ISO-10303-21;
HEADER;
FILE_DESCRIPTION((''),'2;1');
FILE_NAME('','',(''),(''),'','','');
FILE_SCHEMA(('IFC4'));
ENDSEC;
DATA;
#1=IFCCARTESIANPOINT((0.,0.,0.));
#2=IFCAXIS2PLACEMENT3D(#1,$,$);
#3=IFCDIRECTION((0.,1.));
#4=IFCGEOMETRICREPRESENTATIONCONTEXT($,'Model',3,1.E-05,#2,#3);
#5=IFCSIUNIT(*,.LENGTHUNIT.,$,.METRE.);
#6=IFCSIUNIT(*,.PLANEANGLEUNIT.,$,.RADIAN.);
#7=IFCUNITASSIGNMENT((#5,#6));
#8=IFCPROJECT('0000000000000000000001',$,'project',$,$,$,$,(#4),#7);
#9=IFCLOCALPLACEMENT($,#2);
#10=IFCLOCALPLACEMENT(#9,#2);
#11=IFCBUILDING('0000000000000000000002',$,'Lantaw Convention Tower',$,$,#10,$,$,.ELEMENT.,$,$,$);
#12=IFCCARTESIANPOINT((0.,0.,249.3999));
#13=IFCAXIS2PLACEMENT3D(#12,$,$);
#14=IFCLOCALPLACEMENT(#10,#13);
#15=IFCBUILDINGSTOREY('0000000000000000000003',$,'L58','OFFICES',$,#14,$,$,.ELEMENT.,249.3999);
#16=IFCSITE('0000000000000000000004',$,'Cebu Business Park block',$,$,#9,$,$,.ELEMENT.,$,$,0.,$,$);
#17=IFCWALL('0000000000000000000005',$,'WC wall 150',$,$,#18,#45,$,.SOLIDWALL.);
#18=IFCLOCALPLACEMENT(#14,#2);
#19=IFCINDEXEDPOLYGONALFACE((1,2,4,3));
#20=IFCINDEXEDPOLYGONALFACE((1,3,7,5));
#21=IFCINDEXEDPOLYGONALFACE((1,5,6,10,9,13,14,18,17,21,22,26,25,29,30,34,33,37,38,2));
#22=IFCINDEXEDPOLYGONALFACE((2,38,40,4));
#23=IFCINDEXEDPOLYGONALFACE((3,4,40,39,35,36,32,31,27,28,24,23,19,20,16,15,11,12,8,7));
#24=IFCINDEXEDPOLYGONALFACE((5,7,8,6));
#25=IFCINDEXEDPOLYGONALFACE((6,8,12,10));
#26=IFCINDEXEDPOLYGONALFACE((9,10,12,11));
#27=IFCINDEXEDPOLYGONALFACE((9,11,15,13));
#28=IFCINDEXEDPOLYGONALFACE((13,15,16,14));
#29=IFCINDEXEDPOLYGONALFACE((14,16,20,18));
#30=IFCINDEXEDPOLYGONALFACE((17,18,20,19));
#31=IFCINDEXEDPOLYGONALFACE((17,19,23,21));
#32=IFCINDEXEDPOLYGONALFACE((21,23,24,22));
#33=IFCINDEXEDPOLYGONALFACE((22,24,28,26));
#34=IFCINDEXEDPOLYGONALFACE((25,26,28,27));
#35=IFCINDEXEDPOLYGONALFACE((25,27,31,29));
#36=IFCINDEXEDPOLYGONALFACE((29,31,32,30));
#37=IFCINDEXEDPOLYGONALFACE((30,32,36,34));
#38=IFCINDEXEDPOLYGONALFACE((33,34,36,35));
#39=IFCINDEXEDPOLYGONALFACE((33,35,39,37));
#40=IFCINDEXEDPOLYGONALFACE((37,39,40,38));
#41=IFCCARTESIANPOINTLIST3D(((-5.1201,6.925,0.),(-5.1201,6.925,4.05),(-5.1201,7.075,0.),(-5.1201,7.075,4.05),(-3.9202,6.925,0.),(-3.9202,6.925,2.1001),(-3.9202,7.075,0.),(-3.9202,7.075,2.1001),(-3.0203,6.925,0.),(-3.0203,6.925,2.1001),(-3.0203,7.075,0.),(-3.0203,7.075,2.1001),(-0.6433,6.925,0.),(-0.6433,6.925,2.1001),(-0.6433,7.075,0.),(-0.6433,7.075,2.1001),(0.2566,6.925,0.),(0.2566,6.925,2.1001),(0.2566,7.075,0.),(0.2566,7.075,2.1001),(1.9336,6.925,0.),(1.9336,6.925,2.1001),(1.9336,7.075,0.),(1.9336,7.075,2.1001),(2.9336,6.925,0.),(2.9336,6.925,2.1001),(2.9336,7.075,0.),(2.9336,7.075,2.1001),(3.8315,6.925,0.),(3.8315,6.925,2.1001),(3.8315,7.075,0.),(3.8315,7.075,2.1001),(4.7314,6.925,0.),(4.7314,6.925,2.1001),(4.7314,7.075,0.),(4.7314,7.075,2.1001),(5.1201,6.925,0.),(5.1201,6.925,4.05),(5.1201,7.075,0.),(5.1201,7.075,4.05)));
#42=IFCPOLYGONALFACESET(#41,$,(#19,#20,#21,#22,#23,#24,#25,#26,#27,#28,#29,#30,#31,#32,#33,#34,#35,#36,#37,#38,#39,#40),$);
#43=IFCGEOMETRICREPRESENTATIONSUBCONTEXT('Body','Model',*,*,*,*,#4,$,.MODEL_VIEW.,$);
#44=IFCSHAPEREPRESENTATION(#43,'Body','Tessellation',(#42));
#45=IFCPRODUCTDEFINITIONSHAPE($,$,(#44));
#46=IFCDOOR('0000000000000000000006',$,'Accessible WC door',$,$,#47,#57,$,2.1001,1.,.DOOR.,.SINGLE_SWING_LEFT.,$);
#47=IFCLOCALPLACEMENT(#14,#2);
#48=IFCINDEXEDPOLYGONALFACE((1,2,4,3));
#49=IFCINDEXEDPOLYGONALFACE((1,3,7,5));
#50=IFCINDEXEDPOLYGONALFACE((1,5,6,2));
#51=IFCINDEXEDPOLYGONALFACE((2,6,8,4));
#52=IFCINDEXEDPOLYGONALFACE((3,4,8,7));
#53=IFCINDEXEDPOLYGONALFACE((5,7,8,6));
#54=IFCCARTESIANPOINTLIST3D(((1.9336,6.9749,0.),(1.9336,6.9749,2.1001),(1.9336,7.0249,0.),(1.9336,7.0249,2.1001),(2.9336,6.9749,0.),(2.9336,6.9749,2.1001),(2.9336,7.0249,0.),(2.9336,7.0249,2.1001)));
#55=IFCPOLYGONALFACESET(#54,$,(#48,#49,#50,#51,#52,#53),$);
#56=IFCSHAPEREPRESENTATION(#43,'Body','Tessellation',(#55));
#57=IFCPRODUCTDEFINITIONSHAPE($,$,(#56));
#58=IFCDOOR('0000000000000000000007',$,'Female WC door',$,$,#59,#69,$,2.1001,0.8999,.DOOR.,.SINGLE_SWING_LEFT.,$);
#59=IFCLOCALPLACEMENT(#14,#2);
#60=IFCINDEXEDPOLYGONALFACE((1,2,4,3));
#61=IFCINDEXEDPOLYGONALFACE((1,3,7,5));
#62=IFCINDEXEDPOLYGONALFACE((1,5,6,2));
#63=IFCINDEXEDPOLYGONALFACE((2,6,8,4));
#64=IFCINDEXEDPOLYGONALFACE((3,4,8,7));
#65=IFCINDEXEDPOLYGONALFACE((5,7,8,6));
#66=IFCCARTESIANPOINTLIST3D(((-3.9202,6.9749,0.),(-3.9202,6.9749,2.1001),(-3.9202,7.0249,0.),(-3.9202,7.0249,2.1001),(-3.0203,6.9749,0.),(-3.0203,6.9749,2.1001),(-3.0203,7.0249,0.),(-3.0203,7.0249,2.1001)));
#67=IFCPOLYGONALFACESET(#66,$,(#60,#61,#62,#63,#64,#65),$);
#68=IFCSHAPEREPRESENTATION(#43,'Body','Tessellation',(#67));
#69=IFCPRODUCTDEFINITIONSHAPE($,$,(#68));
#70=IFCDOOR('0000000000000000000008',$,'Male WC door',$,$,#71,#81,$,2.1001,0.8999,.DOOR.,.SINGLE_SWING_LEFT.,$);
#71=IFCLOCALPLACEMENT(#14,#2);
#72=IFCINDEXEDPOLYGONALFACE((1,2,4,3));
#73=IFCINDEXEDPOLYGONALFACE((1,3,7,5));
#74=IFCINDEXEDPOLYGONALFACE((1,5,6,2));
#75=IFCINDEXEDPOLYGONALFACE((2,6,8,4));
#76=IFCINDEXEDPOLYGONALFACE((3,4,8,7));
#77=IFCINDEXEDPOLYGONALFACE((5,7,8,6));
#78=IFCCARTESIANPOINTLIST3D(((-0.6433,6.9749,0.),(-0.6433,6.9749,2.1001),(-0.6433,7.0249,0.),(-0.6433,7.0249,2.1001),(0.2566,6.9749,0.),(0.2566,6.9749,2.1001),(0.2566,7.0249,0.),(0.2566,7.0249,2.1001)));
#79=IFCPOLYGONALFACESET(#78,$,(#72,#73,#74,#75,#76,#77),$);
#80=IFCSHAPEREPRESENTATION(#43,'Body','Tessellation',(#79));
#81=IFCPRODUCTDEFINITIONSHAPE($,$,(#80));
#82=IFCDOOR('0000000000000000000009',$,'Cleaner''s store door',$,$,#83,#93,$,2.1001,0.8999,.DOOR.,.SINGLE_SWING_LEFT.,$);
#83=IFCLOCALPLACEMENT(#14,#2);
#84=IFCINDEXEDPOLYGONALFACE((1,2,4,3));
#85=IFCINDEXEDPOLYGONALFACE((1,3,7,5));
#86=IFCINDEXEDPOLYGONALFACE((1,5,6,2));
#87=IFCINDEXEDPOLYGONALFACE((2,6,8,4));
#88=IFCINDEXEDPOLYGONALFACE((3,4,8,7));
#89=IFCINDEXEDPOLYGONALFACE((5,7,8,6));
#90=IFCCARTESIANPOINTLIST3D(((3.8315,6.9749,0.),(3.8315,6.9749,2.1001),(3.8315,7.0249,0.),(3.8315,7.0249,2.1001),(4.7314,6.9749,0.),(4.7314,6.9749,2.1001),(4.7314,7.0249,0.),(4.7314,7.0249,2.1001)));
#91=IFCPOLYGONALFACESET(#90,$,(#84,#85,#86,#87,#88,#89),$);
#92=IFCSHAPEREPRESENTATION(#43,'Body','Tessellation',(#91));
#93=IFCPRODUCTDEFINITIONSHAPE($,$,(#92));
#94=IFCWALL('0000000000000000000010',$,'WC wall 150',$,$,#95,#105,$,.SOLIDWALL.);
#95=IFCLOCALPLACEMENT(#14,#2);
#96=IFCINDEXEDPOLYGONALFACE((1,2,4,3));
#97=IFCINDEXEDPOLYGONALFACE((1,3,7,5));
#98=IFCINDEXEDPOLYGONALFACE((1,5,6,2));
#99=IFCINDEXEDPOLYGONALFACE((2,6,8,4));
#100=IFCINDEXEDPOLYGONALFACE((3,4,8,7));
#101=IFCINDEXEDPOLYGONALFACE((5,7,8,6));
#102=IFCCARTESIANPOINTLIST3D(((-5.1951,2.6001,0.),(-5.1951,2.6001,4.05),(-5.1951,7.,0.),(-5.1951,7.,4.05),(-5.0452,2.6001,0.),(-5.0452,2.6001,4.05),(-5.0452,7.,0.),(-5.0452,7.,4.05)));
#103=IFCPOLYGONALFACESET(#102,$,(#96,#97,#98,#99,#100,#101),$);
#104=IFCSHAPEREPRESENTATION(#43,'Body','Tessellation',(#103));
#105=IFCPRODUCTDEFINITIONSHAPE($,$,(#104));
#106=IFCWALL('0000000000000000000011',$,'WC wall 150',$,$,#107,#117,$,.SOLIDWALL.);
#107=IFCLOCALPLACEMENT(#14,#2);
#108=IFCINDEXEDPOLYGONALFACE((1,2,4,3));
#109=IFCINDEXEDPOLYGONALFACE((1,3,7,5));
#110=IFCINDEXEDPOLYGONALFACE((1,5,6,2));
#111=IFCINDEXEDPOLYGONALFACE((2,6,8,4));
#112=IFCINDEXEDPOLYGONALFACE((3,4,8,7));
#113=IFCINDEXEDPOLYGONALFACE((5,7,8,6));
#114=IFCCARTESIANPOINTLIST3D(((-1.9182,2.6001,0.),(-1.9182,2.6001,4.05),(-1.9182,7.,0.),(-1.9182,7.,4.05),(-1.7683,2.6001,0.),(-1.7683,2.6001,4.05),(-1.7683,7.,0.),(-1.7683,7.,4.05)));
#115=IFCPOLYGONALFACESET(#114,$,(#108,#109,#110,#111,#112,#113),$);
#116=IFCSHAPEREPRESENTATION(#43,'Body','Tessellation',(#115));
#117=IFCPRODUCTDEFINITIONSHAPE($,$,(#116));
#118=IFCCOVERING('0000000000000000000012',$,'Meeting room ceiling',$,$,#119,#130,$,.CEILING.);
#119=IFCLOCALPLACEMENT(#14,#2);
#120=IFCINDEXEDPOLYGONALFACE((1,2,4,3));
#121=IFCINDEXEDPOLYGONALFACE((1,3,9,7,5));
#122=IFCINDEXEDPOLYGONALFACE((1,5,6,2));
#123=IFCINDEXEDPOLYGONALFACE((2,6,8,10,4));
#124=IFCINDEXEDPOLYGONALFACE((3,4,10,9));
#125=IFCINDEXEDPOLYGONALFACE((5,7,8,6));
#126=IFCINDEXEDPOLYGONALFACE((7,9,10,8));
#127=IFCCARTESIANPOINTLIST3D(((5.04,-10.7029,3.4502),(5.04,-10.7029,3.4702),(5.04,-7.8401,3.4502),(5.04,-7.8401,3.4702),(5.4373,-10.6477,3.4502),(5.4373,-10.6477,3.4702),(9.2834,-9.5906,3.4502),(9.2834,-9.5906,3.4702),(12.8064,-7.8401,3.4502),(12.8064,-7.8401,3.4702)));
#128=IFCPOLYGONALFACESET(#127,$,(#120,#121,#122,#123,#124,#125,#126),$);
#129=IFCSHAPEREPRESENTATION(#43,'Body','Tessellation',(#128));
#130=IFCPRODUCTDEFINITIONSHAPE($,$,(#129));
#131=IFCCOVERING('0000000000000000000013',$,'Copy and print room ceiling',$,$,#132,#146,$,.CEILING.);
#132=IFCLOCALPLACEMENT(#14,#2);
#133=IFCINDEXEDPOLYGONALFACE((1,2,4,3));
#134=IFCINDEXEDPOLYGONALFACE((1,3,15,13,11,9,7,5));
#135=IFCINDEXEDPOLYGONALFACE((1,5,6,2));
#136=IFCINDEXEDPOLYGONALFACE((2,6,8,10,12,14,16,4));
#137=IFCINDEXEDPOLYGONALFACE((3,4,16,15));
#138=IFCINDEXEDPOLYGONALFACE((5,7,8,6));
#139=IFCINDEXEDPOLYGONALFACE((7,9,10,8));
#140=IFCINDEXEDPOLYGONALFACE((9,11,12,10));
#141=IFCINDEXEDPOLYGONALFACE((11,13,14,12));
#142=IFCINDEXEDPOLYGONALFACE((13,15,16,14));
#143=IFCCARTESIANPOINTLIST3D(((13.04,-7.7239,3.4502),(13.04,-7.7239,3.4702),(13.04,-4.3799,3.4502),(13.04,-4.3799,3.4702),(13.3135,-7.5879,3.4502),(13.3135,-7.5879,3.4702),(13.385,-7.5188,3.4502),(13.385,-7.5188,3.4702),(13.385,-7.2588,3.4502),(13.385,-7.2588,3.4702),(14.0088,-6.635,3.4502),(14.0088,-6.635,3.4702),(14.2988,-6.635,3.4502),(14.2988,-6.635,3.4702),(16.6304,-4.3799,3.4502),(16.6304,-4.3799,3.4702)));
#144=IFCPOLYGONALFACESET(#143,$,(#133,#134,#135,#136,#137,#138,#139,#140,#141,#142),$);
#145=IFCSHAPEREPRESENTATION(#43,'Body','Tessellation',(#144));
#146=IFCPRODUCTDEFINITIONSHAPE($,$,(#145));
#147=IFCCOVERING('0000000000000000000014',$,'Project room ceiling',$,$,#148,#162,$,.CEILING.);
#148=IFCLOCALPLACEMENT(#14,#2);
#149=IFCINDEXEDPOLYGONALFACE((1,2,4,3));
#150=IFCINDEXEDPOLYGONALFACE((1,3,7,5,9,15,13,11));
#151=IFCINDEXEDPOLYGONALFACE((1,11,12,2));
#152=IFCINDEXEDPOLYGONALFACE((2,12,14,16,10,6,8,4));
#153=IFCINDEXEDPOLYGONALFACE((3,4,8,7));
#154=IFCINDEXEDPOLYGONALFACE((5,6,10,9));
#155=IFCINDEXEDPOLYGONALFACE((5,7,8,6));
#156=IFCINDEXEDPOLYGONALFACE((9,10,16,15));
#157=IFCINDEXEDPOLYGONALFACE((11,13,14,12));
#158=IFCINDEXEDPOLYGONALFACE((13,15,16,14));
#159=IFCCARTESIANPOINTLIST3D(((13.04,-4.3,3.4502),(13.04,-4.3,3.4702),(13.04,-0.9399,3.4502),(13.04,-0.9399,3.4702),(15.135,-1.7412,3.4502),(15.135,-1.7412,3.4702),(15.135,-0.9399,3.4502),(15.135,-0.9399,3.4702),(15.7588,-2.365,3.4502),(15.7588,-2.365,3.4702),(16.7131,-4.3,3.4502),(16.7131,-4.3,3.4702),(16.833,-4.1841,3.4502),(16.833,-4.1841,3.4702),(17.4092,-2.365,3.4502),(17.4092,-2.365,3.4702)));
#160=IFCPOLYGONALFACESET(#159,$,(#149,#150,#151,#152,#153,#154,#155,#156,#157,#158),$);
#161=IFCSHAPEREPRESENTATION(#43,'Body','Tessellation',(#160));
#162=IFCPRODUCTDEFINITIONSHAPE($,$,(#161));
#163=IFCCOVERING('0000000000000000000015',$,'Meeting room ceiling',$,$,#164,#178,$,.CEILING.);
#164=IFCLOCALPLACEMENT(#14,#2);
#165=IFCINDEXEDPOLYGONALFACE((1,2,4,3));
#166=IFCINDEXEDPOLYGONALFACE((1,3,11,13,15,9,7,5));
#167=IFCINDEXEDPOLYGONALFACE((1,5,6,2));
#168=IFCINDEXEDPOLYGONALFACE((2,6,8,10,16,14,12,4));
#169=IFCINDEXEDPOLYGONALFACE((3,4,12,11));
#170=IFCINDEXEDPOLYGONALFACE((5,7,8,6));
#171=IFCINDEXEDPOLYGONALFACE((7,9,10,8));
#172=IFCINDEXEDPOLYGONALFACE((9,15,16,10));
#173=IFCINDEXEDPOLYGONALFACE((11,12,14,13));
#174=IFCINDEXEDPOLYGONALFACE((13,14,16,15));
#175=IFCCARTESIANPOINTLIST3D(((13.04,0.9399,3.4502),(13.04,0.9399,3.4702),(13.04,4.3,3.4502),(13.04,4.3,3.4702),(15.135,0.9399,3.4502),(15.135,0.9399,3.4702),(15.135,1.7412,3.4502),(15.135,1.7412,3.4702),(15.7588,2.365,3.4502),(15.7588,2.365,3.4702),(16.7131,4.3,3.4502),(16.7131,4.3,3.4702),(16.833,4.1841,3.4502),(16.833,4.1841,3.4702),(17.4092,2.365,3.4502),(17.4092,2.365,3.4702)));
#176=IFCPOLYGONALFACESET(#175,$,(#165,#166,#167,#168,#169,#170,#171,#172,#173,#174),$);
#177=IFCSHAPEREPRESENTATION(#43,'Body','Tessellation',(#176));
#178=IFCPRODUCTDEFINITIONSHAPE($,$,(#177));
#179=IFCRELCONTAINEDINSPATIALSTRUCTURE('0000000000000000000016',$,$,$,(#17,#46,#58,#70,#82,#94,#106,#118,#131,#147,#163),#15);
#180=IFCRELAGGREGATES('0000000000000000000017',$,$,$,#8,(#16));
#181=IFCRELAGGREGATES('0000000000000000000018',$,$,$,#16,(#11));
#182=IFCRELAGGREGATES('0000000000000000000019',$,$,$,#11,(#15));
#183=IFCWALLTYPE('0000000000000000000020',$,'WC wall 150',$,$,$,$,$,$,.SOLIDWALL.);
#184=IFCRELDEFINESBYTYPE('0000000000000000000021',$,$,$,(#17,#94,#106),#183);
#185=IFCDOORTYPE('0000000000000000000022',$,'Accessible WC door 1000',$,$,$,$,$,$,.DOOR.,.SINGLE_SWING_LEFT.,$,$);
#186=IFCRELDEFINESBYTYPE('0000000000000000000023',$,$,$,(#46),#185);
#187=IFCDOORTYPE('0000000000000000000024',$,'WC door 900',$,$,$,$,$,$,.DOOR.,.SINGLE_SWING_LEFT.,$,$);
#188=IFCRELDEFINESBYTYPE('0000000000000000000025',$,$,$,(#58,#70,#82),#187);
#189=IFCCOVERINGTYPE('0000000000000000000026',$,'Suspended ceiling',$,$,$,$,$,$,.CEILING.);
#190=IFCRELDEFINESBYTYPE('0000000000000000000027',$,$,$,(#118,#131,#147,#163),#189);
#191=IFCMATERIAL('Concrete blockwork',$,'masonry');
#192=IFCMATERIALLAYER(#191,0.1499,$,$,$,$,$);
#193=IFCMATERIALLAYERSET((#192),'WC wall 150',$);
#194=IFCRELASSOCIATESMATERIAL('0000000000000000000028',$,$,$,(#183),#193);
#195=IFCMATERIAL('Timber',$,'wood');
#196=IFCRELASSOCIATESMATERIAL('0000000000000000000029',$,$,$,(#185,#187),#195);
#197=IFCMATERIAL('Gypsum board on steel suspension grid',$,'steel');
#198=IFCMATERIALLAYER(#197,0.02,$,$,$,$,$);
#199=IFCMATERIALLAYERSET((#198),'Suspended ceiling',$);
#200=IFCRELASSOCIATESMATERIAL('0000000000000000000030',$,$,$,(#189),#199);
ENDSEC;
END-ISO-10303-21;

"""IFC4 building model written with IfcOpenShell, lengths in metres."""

from ifc_helpers import new_model, si_unit, direction, frame, frame_2d, origin, place, context, subcontext, project, spatial, polyline, rectangle, outline, extrude, material, layer, layer_set, type_object, element, fill, save


model = new_model("IFC4")

# Units and contexts
model_context = context("Model", 3, precision=1e-05, world=origin(), true_north=direction((0.0, 1.0)))
body_context = subcontext(model_context, "Body", "Model", "MODEL_VIEW")
ifc_project = project(units=[si_unit("LENGTHUNIT", "METRE"), si_unit("PLANEANGLEUNIT", "RADIAN")], contexts=[model_context])

# Site, building, storey
site_placement = place(None, origin())
site = spatial("IfcSite", under=ifc_project, at=site_placement, Name="Cebu Business Park block", CompositionType="ELEMENT", RefElevation=0.0)
building_placement = place(site_placement, origin())
building = spatial("IfcBuilding", under=site, at=building_placement, Name="Lantaw Convention Tower", CompositionType="ELEMENT")
storey_placement = place(building_placement, frame((0.0, 0.0, 249.3999)))
storey = spatial("IfcBuildingStorey", under=building, at=storey_placement, Name="L58", Description="OFFICES", CompositionType="ELEMENT", Elevation=249.3999)

# Shared definitions
ifc_material_1 = material(Name="Timber", Category="wood")

# Wall, openings, doors
ifc_material_2 = material(Name="Concrete blockwork", Category="masonry")
ifc_layer_1 = layer(ifc_material_2, 0.1499)
ifc_layer_set_1 = layer_set([ifc_layer_1], Name="WC wall 150")
wall_type_1 = type_object("IfcWallType", Name="WC wall 150", PredefinedType="SOLIDWALL", material=ifc_layer_set_1)
wall_1_placement = place(storey_placement, frame((-5.1201, 7.0, 0.0), z_axis=(0.0, 0.0, 1.0), x_axis=(1.0, 0.0, 0.0)))
wall_1 = element("IfcWall", 1, at=wall_1_placement, inside=storey, type_object=wall_type_1, Name="WC wall 150", PredefinedType="SOLIDWALL", context=body_context, shape_type="SweptSolid", body=[
    extrude(rectangle(XDim=10.2402, YDim=0.1499, at=frame_2d((5.1201, 0.0))), origin(), (0.0, 0.0, 1.0), 4.05),
])
opening_1_placement = place(wall_1_placement, frame((1.2, 0.0, 0.0)))
opening_1 = element("IfcOpeningElement", 2, at=opening_1_placement, cuts=wall_1, PredefinedType="OPENING", context=body_context, shape_type="SweptSolid", body=[
    extrude(rectangle(XDim=0.8999, YDim=2.1001, at=frame_2d((0.45, 1.05))), frame((0.0, 0.085, 0.0), z_axis=(0.0, -1.0, 0.0), x_axis=(1.0, 0.0, 0.0)), (0.0, 0.0, 1.0), 0.1699),
])
opening_2_placement = place(wall_1_placement, frame((4.4768, 0.0, 0.0)))
opening_2 = element("IfcOpeningElement", 3, at=opening_2_placement, cuts=wall_1, PredefinedType="OPENING", context=body_context, shape_type="SweptSolid", body=[
    extrude(rectangle(XDim=0.8999, YDim=2.1001, at=frame_2d((0.45, 1.05))), frame((0.0, 0.085, 0.0), z_axis=(0.0, -1.0, 0.0), x_axis=(1.0, 0.0, 0.0)), (0.0, 0.0, 1.0), 0.1699),
])
opening_3_placement = place(wall_1_placement, frame((7.0537, 0.0, 0.0)))
opening_3 = element("IfcOpeningElement", 4, at=opening_3_placement, cuts=wall_1, PredefinedType="OPENING", context=body_context, shape_type="SweptSolid", body=[
    extrude(rectangle(XDim=1.0, YDim=2.1001, at=frame_2d((0.5, 1.05))), frame((0.0, 0.085, 0.0), z_axis=(0.0, -1.0, 0.0), x_axis=(1.0, 0.0, 0.0)), (0.0, 0.0, 1.0), 0.1699),
])
opening_4_placement = place(wall_1_placement, frame((8.9517, 0.0, 0.0)))
opening_4 = element("IfcOpeningElement", 5, at=opening_4_placement, cuts=wall_1, PredefinedType="OPENING", context=body_context, shape_type="SweptSolid", body=[
    extrude(rectangle(XDim=0.8999, YDim=2.1001, at=frame_2d((0.45, 1.05))), frame((0.0, 0.085, 0.0), z_axis=(0.0, -1.0, 0.0), x_axis=(1.0, 0.0, 0.0)), (0.0, 0.0, 1.0), 0.1699),
])
door_type_1 = type_object("IfcDoorType", Name="Accessible WC door 1000", OperationType="SINGLE_SWING_LEFT", PredefinedType="DOOR", material=ifc_material_1)
door_1_placement = place(opening_3_placement, origin())
door_1 = element("IfcDoor", 6, at=door_1_placement, inside=storey, type_object=door_type_1, Name="Accessible WC door", OperationType="SINGLE_SWING_LEFT", OverallHeight=2.1001, OverallWidth=1.0, PredefinedType="DOOR", context=body_context, shape_type="SweptSolid", body=[
    extrude(rectangle(XDim=1.0, YDim=2.1001, at=frame_2d((0.5, 1.05))), frame((0.0, 0.0249, 0.0), z_axis=(0.0, -1.0, 0.0), x_axis=(1.0, 0.0, 0.0)), (0.0, 0.0, 1.0), 0.05),
])
fill(opening_3, door_1)
door_type_2 = type_object("IfcDoorType", Name="WC door 900", OperationType="SINGLE_SWING_LEFT", PredefinedType="DOOR", material=ifc_material_1)
door_2_placement = place(opening_1_placement, origin())
door_2 = element("IfcDoor", 7, at=door_2_placement, inside=storey, type_object=door_type_2, Name="Female WC door", OperationType="SINGLE_SWING_LEFT", OverallHeight=2.1001, OverallWidth=0.8999, PredefinedType="DOOR", context=body_context, shape_type="SweptSolid", body=[
    extrude(rectangle(XDim=0.8999, YDim=2.1001, at=frame_2d((0.45, 1.05))), frame((0.0, 0.0249, 0.0), z_axis=(0.0, -1.0, 0.0), x_axis=(1.0, 0.0, 0.0)), (0.0, 0.0, 1.0), 0.05),
])
fill(opening_1, door_2)
door_3_placement = place(opening_2_placement, origin())
door_3 = element("IfcDoor", 8, at=door_3_placement, inside=storey, type_object=door_type_2, Name="Male WC door", OperationType="SINGLE_SWING_LEFT", OverallHeight=2.1001, OverallWidth=0.8999, PredefinedType="DOOR", context=body_context, shape_type="SweptSolid", body=[
    extrude(rectangle(XDim=0.8999, YDim=2.1001, at=frame_2d((0.45, 1.05))), frame((0.0, 0.0249, 0.0), z_axis=(0.0, -1.0, 0.0), x_axis=(1.0, 0.0, 0.0)), (0.0, 0.0, 1.0), 0.05),
])
fill(opening_2, door_3)
door_4_placement = place(opening_4_placement, origin())
door_4 = element("IfcDoor", 9, at=door_4_placement, inside=storey, type_object=door_type_2, Name="Cleaner's store door", OperationType="SINGLE_SWING_LEFT", OverallHeight=2.1001, OverallWidth=0.8999, PredefinedType="DOOR", context=body_context, shape_type="SweptSolid", body=[
    extrude(rectangle(XDim=0.8999, YDim=2.1001, at=frame_2d((0.45, 1.05))), frame((0.0, 0.0249, 0.0), z_axis=(0.0, -1.0, 0.0), x_axis=(1.0, 0.0, 0.0)), (0.0, 0.0, 1.0), 0.05),
])
fill(opening_4, door_4)

# Walls
for number, where, z_axis, x_axis, name in (
    (10, (-5.1201, 2.6001, 0.0), (0.0, 0.0, 1.0), (0.0, 1.0, 0.0), "WC wall 150"),
    (11, (-1.8433, 2.6001, 0.0), (0.0, 0.0, 1.0), (0.0, 1.0, 0.0), "WC wall 150"),
):
    element("IfcWall", number, at=place(storey_placement, frame(where, z_axis=z_axis, x_axis=x_axis)), inside=storey, type_object=wall_type_1, Name=name, PredefinedType="SOLIDWALL", context=body_context, shape_type="SweptSolid", body=[
        extrude(rectangle(XDim=4.3999, YDim=0.1499, at=frame_2d((2.2, 0.0))), origin(), (0.0, 0.0, 1.0), 4.05),
    ])

# Coverings
ifc_material_3 = material(Name="Gypsum board on steel suspension grid", Category="steel")
ifc_layer_2 = layer(ifc_material_3, 0.02)
ifc_layer_set_2 = layer_set([ifc_layer_2], Name="Suspended ceiling")
covering_type = type_object("IfcCoveringType", Name="Suspended ceiling", PredefinedType="CEILING", material=ifc_layer_set_2)
covering_1_placement = place(storey_placement, frame((0.0, 0.0, 3.4502)))
element("IfcCovering", 12, at=covering_1_placement, inside=storey, type_object=covering_type, Name="Meeting room ceiling", PredefinedType="CEILING", context=body_context, shape_type="SweptSolid", body=[
    extrude(outline(polyline([(5.04, -7.8401), (5.04, -10.7029), (5.4373, -10.6477), (9.2834, -9.5906), (12.8064, -7.8401), (5.04, -7.8401)])), origin(), (0.0, 0.0, 1.0), 0.02),
])
covering_2_placement = place(storey_placement, frame((0.0, 0.0, 3.4502)))
element("IfcCovering", 13, at=covering_2_placement, inside=storey, type_object=covering_type, Name="Copy and print room ceiling", PredefinedType="CEILING", context=body_context, shape_type="SweptSolid", body=[
    extrude(outline(polyline([(13.04, -7.7239), (13.3135, -7.5879), (13.385, -7.5188), (13.385, -7.2588), (14.0088, -6.635), (14.2988, -6.635), (16.6304, -4.3799), (13.04, -4.3799), (13.04, -7.7239)])), origin(), (0.0, 0.0, 1.0), 0.02),
])
covering_3_placement = place(storey_placement, frame((0.0, 0.0, 3.4502)))
element("IfcCovering", 14, at=covering_3_placement, inside=storey, type_object=covering_type, Name="Project room ceiling", PredefinedType="CEILING", context=body_context, shape_type="SweptSolid", body=[
    extrude(outline(polyline([(16.833, -4.1841), (17.4092, -2.365), (15.7588, -2.365), (15.135, -1.7412), (15.135, -0.9399), (13.04, -0.9399), (13.04, -4.3), (16.7131, -4.3), (16.833, -4.1841)])), origin(), (0.0, 0.0, 1.0), 0.02),
])
covering_4_placement = place(storey_placement, frame((0.0, 0.0, 3.4502)))
element("IfcCovering", 15, at=covering_4_placement, inside=storey, type_object=covering_type, Name="Meeting room ceiling", PredefinedType="CEILING", context=body_context, shape_type="SweptSolid", body=[
    extrude(outline(polyline([(17.4092, 2.365), (16.833, 4.1841), (16.7131, 4.3), (13.04, 4.3), (13.04, 0.9399), (15.135, 0.9399), (15.135, 1.7412), (15.7588, 2.365), (17.4092, 2.365)])), origin(), (0.0, 0.0, 1.0), 0.02),
])

save(model, "model.ifc")
